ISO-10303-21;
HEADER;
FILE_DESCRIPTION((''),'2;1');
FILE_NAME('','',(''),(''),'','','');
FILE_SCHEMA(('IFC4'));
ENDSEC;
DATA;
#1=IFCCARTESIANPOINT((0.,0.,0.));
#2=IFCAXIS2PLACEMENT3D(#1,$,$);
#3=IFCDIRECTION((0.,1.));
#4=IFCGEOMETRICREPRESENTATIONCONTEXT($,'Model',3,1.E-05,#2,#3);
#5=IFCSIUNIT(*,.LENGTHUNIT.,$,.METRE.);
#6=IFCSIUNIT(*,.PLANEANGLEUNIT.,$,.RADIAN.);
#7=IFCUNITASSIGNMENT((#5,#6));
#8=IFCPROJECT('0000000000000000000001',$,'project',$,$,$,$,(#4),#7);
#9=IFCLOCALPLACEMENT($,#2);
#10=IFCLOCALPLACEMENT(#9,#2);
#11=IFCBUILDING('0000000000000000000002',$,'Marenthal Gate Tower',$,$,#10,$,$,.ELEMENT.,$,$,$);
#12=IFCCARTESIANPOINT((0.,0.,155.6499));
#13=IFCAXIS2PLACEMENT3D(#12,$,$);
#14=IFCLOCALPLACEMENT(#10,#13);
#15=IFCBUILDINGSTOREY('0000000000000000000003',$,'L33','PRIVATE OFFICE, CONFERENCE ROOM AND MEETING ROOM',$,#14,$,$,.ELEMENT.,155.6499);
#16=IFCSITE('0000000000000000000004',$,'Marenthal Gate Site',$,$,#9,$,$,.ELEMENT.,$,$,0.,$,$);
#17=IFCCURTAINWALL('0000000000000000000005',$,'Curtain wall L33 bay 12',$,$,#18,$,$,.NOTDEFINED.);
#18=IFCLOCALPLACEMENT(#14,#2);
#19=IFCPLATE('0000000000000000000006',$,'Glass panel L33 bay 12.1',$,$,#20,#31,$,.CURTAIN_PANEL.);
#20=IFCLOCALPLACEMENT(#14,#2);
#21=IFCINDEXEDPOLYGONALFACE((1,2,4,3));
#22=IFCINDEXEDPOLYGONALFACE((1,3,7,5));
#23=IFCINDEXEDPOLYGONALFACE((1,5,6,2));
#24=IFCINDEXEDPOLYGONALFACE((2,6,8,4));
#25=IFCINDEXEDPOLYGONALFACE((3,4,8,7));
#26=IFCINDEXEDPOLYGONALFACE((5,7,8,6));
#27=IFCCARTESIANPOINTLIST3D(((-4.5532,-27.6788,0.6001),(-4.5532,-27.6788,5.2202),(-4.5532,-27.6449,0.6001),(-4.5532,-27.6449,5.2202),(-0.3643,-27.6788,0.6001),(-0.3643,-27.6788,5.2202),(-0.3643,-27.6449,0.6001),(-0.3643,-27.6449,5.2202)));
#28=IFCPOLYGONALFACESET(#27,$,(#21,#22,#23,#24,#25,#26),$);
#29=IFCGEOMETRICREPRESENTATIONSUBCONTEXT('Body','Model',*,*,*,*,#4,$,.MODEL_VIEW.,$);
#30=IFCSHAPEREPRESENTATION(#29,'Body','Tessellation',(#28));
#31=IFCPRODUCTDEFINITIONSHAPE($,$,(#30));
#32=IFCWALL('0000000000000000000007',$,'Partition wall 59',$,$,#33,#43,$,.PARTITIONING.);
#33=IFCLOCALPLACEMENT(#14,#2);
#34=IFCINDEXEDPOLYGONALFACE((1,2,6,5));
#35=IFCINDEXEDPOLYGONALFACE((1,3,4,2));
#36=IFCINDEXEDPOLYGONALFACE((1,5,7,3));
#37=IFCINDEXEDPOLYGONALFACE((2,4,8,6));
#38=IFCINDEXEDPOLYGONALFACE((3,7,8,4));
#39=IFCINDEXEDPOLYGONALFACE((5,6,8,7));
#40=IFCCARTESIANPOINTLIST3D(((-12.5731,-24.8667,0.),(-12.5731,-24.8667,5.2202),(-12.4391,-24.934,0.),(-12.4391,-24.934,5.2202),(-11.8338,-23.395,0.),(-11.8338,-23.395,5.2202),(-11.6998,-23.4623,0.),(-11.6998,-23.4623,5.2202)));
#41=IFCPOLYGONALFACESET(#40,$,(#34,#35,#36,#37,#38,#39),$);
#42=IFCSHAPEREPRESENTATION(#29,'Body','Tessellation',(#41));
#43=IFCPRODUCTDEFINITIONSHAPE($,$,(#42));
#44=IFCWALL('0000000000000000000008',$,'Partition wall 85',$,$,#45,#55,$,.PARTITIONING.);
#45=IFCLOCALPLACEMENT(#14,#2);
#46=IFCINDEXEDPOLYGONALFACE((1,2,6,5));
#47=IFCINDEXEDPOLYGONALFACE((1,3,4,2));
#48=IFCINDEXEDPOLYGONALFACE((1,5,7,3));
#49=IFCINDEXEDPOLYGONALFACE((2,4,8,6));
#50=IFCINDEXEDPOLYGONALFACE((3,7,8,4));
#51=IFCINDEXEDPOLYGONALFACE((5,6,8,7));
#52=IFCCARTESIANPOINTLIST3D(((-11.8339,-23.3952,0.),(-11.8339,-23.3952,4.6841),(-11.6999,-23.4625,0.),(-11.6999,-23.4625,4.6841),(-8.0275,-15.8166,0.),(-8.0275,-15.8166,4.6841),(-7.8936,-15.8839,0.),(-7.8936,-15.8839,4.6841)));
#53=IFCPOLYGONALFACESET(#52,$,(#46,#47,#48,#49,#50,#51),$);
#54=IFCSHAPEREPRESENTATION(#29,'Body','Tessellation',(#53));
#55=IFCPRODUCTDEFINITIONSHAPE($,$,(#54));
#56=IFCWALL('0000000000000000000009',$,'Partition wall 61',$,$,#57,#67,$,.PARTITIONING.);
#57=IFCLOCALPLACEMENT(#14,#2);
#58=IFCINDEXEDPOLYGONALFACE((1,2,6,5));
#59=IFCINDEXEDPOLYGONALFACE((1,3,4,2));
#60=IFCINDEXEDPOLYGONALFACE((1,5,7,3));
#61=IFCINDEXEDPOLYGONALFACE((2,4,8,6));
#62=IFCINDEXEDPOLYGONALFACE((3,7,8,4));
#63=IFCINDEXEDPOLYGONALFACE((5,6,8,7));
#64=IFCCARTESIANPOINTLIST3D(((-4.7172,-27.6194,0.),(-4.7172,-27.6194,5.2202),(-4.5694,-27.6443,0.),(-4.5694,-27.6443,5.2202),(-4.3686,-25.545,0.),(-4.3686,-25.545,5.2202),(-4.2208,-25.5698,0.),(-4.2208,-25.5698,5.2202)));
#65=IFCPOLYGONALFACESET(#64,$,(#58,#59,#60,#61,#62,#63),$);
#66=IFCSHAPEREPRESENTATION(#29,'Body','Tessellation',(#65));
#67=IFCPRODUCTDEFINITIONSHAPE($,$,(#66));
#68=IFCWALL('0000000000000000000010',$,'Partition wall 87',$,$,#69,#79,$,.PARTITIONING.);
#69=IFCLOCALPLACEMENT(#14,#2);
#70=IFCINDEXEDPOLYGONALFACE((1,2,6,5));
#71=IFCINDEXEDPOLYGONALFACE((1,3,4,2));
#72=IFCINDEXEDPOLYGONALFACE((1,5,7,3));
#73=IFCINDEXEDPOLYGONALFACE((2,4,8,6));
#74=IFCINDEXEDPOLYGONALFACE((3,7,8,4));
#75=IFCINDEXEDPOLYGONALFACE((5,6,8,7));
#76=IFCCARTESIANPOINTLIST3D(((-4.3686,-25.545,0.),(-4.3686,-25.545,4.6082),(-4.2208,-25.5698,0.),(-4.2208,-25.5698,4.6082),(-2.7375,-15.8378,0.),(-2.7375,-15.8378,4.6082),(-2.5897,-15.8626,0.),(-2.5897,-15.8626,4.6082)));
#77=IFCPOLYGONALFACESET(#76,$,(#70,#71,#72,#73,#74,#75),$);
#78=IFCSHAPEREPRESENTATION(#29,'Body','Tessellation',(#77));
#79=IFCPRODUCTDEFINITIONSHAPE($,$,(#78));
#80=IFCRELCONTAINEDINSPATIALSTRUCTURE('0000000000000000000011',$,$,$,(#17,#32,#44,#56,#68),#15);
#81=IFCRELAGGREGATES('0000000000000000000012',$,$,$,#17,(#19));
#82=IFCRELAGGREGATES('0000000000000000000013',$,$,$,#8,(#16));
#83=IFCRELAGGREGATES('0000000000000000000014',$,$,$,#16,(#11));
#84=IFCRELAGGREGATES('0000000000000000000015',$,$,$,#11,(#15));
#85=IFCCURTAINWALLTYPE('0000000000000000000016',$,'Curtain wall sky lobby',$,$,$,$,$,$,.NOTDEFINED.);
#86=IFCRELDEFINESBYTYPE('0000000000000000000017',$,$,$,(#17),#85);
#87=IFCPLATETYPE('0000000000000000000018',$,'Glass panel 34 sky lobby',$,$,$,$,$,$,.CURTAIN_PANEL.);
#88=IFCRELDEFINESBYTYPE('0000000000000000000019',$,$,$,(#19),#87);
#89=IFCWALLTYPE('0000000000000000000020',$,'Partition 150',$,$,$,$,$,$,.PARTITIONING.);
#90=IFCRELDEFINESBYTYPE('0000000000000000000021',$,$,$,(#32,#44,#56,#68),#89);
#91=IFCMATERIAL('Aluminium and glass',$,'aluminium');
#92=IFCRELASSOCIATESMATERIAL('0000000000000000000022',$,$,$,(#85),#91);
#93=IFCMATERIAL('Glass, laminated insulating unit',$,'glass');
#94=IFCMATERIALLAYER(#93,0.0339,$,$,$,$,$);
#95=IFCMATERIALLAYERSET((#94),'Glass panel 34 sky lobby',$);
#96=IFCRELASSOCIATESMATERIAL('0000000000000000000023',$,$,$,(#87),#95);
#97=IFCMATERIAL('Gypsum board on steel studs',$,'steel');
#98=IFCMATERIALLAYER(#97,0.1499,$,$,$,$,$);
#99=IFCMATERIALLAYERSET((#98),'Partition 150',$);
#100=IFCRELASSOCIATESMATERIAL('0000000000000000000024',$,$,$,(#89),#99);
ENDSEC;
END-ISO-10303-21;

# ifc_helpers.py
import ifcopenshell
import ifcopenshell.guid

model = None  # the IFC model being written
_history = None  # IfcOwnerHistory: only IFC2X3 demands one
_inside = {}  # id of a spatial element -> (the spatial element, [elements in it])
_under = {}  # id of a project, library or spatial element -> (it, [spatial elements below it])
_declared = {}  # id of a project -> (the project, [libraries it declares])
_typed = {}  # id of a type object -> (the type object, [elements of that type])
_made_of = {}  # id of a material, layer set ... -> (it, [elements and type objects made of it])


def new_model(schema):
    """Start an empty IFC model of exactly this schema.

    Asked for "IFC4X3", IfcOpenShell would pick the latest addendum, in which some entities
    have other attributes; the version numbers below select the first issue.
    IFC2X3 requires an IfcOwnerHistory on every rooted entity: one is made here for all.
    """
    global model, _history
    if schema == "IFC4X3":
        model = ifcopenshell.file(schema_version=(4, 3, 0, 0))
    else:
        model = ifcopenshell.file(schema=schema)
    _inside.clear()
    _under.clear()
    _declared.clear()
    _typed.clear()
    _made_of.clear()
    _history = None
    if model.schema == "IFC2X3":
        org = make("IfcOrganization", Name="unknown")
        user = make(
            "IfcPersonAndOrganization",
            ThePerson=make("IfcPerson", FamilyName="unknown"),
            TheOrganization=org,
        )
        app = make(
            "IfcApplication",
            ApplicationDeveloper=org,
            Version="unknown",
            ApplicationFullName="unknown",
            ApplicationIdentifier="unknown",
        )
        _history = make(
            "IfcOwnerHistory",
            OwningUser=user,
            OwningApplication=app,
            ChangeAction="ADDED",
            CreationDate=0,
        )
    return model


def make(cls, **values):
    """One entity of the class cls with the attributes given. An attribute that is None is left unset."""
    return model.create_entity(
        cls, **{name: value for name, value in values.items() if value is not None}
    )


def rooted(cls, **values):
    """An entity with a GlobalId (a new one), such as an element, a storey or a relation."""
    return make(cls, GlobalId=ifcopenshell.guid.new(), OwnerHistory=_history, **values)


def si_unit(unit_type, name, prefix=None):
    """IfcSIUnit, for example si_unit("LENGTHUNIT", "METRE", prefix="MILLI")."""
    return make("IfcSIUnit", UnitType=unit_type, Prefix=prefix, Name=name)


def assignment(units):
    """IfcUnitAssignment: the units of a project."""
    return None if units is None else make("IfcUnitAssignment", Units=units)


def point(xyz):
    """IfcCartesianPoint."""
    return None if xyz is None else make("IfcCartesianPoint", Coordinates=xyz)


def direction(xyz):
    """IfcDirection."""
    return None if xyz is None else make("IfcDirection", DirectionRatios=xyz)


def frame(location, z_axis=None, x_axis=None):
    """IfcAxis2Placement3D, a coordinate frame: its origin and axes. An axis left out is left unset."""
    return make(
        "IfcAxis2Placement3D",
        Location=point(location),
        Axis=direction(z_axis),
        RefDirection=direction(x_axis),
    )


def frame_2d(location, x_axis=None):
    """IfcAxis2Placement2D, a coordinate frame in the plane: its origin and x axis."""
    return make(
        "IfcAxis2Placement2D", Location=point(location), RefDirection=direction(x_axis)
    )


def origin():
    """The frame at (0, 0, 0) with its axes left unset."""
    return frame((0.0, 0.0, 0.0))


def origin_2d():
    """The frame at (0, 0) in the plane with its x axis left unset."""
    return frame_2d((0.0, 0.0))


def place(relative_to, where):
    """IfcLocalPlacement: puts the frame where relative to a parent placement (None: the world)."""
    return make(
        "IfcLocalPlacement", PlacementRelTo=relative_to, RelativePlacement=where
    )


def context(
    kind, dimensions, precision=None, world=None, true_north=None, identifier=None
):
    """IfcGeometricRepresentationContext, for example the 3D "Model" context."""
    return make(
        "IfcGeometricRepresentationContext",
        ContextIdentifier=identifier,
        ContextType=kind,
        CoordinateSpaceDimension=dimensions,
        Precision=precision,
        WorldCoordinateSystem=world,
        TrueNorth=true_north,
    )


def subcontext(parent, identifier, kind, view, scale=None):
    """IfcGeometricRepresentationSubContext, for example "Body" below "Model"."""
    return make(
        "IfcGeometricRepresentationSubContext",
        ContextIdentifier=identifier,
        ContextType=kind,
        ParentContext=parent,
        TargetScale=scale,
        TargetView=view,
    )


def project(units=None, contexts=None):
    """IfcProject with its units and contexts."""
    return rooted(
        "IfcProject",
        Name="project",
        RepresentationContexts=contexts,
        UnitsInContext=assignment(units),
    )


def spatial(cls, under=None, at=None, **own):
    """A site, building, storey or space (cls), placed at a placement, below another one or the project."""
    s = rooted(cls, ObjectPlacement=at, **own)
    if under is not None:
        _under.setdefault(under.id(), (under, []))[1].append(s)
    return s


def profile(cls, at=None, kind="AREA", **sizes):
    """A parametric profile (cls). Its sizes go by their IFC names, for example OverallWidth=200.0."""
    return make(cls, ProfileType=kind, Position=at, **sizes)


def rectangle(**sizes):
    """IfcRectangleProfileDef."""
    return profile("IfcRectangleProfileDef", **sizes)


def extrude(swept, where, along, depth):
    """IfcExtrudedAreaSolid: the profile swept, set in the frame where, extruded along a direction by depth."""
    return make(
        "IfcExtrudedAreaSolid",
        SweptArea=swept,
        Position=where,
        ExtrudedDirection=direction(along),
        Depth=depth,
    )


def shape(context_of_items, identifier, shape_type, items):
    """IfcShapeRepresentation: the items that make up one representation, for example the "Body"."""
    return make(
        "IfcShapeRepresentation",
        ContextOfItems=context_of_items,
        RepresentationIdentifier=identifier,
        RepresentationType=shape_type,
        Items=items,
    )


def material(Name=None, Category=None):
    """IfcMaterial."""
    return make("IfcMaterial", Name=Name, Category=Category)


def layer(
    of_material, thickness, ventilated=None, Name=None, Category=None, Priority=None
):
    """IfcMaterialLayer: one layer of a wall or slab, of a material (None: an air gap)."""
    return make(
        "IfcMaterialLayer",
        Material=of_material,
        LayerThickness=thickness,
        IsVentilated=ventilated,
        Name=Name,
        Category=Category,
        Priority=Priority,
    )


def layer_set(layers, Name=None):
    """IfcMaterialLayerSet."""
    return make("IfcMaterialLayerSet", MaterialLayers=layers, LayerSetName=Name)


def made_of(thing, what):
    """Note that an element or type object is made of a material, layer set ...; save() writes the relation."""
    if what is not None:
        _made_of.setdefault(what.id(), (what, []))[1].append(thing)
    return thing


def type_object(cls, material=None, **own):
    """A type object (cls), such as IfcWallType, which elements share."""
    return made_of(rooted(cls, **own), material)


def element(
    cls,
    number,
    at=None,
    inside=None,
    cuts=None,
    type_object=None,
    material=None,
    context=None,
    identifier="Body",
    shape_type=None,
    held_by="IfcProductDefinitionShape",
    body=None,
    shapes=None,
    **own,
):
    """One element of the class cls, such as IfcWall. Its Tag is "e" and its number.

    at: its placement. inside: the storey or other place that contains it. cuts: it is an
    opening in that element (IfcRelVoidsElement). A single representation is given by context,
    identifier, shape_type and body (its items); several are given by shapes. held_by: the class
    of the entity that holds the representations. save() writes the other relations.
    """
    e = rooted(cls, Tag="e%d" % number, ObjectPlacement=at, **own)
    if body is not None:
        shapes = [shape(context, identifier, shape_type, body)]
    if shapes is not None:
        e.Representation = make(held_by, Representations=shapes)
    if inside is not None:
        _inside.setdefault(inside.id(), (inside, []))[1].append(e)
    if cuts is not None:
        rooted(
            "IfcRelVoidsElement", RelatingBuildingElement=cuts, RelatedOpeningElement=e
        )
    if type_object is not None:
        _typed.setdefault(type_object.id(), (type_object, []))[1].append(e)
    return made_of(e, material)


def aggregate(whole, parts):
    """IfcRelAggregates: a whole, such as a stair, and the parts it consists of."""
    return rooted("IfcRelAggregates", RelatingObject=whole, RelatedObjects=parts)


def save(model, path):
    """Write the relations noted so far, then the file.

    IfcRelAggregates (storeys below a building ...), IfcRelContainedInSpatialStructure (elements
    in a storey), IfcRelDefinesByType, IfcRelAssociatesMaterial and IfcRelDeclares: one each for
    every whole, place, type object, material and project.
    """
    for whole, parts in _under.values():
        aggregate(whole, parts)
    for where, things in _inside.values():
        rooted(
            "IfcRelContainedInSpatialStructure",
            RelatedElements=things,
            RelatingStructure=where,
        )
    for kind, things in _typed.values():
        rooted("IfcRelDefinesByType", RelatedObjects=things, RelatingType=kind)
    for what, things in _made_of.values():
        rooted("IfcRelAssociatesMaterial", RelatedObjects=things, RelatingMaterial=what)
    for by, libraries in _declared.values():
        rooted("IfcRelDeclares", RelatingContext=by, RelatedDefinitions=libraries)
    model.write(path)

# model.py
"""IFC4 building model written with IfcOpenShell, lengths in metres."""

from ifc_helpers import new_model, si_unit, direction, frame, frame_2d, origin, origin_2d, place, context, subcontext, project, spatial, rectangle, extrude, material, layer, layer_set, type_object, element, aggregate, save


model = new_model("IFC4")

# Units and contexts
model_context = context("Model", 3, precision=1e-05, world=origin(), true_north=direction((0.0, 1.0)))
body_context = subcontext(model_context, "Body", "Model", "MODEL_VIEW")
ifc_project = project(units=[si_unit("LENGTHUNIT", "METRE"), si_unit("PLANEANGLEUNIT", "RADIAN")], contexts=[model_context])

# Site, building, storey
site_placement = place(None, origin())
site = spatial("IfcSite", under=ifc_project, at=site_placement, Name="Marenthal Gate Site", CompositionType="ELEMENT", RefElevation=0.0)
building_placement = place(site_placement, origin())
building = spatial("IfcBuilding", under=site, at=building_placement, Name="Marenthal Gate Tower", CompositionType="ELEMENT")
storey_placement = place(building_placement, frame((0.0, 0.0, 155.6499)))
storey = spatial("IfcBuildingStorey", under=building, at=storey_placement, Name="L33", Description="PRIVATE OFFICE, CONFERENCE ROOM AND MEETING ROOM", CompositionType="ELEMENT", Elevation=155.6499)

# Curtain wall
ifc_material_1 = material(Name="Aluminium and glass", Category="aluminium")
curtain_wall_type = type_object("IfcCurtainWallType", Name="Curtain wall sky lobby", PredefinedType="NOTDEFINED", material=ifc_material_1)
curtain_wall_1_placement = place(storey_placement, origin())
curtain_wall_1 = element("IfcCurtainWall", 1, at=curtain_wall_1_placement, inside=storey, type_object=curtain_wall_type, Name="Curtain wall L33 bay 12", PredefinedType="NOTDEFINED")

# Plate
ifc_material_2 = material(Name="Glass, laminated insulating unit", Category="glass")
ifc_layer_1 = layer(ifc_material_2, 0.0339)
ifc_layer_set_1 = layer_set([ifc_layer_1], Name="Glass panel 34 sky lobby")
plate_type = type_object("IfcPlateType", Name="Glass panel 34 sky lobby", PredefinedType="CURTAIN_PANEL", material=ifc_layer_set_1)
plate_1_placement = place(storey_placement, frame((-2.4587, -27.6619, 0.6001), z_axis=(0.0, 0.0, 1.0), x_axis=(1.0, 0.0, 0.0)))
plate_1 = element("IfcPlate", 2, at=plate_1_placement, type_object=plate_type, Name="Glass panel L33 bay 12.1", PredefinedType="CURTAIN_PANEL", context=body_context, shape_type="SweptSolid", body=[
    extrude(rectangle(XDim=4.189, YDim=0.0339, at=origin_2d()), origin(), (0.0, 0.0, 1.0), 4.6201),
])
aggregate(curtain_wall_1, [plate_1])

# Walls
ifc_material_3 = material(Name="Gypsum board on steel studs", Category="steel")
ifc_layer_2 = layer(ifc_material_3, 0.1499)
ifc_layer_set_2 = layer_set([ifc_layer_2], Name="Partition 150")
wall_type = type_object("IfcWallType", Name="Partition 150", PredefinedType="PARTITIONING", material=ifc_layer_set_2)
wall_1_placement = place(storey_placement, frame((-12.5061, -24.9004, 0.0), z_axis=(0.0, 0.0, 1.0), x_axis=(0.448873, 0.893596, 0.0)))
element("IfcWall", 3, at=wall_1_placement, inside=storey, type_object=wall_type, Name="Partition wall 59", PredefinedType="PARTITIONING", context=body_context, shape_type="SweptSolid", body=[
    extrude(rectangle(XDim=1.647, YDim=0.1499, at=frame_2d((0.8235, 0.0))), origin(), (0.0, 0.0, 1.0), 5.2202),
])
wall_2_placement = place(storey_placement, frame((-11.7668, -23.4287, 0.0), z_axis=(0.0, 0.0, 1.0), x_axis=(0.448825, 0.89362, 0.0)))
element("IfcWall", 4, at=wall_2_placement, inside=storey, type_object=wall_type, Name="Partition wall 85", PredefinedType="PARTITIONING", context=body_context, shape_type="SweptSolid", body=[
    extrude(rectangle(XDim=8.4807, YDim=0.1499, at=frame_2d((4.2402, 0.0))), origin(), (0.0, 0.0, 1.0), 4.6841),
])
wall_3_placement = place(storey_placement, frame((-4.6433, -27.6318, 0.0), z_axis=(0.0, 0.0, 1.0), x_axis=(0.165735, 0.98617, 0.0)))
element("IfcWall", 5, at=wall_3_placement, inside=storey, type_object=wall_type, Name="Partition wall 61", PredefinedType="PARTITIONING", context=body_context, shape_type="SweptSolid", body=[
    extrude(rectangle(XDim=2.1035, YDim=0.1499, at=frame_2d((1.0518, 0.0))), origin(), (0.0, 0.0, 1.0), 5.2202),
])
wall_4_placement = place(storey_placement, frame((-4.2947, -25.5574, 0.0), z_axis=(0.0, 0.0, 1.0), x_axis=(0.165706, 0.986175, 0.0)))
element("IfcWall", 6, at=wall_4_placement, inside=storey, type_object=wall_type, Name="Partition wall 87", PredefinedType="PARTITIONING", context=body_context, shape_type="SweptSolid", body=[
    extrude(rectangle(XDim=9.8433, YDim=0.1499, at=frame_2d((4.9216, 0.0))), origin(), (0.0, 0.0, 1.0), 4.6082),
])

save(model, "model.ifc")
